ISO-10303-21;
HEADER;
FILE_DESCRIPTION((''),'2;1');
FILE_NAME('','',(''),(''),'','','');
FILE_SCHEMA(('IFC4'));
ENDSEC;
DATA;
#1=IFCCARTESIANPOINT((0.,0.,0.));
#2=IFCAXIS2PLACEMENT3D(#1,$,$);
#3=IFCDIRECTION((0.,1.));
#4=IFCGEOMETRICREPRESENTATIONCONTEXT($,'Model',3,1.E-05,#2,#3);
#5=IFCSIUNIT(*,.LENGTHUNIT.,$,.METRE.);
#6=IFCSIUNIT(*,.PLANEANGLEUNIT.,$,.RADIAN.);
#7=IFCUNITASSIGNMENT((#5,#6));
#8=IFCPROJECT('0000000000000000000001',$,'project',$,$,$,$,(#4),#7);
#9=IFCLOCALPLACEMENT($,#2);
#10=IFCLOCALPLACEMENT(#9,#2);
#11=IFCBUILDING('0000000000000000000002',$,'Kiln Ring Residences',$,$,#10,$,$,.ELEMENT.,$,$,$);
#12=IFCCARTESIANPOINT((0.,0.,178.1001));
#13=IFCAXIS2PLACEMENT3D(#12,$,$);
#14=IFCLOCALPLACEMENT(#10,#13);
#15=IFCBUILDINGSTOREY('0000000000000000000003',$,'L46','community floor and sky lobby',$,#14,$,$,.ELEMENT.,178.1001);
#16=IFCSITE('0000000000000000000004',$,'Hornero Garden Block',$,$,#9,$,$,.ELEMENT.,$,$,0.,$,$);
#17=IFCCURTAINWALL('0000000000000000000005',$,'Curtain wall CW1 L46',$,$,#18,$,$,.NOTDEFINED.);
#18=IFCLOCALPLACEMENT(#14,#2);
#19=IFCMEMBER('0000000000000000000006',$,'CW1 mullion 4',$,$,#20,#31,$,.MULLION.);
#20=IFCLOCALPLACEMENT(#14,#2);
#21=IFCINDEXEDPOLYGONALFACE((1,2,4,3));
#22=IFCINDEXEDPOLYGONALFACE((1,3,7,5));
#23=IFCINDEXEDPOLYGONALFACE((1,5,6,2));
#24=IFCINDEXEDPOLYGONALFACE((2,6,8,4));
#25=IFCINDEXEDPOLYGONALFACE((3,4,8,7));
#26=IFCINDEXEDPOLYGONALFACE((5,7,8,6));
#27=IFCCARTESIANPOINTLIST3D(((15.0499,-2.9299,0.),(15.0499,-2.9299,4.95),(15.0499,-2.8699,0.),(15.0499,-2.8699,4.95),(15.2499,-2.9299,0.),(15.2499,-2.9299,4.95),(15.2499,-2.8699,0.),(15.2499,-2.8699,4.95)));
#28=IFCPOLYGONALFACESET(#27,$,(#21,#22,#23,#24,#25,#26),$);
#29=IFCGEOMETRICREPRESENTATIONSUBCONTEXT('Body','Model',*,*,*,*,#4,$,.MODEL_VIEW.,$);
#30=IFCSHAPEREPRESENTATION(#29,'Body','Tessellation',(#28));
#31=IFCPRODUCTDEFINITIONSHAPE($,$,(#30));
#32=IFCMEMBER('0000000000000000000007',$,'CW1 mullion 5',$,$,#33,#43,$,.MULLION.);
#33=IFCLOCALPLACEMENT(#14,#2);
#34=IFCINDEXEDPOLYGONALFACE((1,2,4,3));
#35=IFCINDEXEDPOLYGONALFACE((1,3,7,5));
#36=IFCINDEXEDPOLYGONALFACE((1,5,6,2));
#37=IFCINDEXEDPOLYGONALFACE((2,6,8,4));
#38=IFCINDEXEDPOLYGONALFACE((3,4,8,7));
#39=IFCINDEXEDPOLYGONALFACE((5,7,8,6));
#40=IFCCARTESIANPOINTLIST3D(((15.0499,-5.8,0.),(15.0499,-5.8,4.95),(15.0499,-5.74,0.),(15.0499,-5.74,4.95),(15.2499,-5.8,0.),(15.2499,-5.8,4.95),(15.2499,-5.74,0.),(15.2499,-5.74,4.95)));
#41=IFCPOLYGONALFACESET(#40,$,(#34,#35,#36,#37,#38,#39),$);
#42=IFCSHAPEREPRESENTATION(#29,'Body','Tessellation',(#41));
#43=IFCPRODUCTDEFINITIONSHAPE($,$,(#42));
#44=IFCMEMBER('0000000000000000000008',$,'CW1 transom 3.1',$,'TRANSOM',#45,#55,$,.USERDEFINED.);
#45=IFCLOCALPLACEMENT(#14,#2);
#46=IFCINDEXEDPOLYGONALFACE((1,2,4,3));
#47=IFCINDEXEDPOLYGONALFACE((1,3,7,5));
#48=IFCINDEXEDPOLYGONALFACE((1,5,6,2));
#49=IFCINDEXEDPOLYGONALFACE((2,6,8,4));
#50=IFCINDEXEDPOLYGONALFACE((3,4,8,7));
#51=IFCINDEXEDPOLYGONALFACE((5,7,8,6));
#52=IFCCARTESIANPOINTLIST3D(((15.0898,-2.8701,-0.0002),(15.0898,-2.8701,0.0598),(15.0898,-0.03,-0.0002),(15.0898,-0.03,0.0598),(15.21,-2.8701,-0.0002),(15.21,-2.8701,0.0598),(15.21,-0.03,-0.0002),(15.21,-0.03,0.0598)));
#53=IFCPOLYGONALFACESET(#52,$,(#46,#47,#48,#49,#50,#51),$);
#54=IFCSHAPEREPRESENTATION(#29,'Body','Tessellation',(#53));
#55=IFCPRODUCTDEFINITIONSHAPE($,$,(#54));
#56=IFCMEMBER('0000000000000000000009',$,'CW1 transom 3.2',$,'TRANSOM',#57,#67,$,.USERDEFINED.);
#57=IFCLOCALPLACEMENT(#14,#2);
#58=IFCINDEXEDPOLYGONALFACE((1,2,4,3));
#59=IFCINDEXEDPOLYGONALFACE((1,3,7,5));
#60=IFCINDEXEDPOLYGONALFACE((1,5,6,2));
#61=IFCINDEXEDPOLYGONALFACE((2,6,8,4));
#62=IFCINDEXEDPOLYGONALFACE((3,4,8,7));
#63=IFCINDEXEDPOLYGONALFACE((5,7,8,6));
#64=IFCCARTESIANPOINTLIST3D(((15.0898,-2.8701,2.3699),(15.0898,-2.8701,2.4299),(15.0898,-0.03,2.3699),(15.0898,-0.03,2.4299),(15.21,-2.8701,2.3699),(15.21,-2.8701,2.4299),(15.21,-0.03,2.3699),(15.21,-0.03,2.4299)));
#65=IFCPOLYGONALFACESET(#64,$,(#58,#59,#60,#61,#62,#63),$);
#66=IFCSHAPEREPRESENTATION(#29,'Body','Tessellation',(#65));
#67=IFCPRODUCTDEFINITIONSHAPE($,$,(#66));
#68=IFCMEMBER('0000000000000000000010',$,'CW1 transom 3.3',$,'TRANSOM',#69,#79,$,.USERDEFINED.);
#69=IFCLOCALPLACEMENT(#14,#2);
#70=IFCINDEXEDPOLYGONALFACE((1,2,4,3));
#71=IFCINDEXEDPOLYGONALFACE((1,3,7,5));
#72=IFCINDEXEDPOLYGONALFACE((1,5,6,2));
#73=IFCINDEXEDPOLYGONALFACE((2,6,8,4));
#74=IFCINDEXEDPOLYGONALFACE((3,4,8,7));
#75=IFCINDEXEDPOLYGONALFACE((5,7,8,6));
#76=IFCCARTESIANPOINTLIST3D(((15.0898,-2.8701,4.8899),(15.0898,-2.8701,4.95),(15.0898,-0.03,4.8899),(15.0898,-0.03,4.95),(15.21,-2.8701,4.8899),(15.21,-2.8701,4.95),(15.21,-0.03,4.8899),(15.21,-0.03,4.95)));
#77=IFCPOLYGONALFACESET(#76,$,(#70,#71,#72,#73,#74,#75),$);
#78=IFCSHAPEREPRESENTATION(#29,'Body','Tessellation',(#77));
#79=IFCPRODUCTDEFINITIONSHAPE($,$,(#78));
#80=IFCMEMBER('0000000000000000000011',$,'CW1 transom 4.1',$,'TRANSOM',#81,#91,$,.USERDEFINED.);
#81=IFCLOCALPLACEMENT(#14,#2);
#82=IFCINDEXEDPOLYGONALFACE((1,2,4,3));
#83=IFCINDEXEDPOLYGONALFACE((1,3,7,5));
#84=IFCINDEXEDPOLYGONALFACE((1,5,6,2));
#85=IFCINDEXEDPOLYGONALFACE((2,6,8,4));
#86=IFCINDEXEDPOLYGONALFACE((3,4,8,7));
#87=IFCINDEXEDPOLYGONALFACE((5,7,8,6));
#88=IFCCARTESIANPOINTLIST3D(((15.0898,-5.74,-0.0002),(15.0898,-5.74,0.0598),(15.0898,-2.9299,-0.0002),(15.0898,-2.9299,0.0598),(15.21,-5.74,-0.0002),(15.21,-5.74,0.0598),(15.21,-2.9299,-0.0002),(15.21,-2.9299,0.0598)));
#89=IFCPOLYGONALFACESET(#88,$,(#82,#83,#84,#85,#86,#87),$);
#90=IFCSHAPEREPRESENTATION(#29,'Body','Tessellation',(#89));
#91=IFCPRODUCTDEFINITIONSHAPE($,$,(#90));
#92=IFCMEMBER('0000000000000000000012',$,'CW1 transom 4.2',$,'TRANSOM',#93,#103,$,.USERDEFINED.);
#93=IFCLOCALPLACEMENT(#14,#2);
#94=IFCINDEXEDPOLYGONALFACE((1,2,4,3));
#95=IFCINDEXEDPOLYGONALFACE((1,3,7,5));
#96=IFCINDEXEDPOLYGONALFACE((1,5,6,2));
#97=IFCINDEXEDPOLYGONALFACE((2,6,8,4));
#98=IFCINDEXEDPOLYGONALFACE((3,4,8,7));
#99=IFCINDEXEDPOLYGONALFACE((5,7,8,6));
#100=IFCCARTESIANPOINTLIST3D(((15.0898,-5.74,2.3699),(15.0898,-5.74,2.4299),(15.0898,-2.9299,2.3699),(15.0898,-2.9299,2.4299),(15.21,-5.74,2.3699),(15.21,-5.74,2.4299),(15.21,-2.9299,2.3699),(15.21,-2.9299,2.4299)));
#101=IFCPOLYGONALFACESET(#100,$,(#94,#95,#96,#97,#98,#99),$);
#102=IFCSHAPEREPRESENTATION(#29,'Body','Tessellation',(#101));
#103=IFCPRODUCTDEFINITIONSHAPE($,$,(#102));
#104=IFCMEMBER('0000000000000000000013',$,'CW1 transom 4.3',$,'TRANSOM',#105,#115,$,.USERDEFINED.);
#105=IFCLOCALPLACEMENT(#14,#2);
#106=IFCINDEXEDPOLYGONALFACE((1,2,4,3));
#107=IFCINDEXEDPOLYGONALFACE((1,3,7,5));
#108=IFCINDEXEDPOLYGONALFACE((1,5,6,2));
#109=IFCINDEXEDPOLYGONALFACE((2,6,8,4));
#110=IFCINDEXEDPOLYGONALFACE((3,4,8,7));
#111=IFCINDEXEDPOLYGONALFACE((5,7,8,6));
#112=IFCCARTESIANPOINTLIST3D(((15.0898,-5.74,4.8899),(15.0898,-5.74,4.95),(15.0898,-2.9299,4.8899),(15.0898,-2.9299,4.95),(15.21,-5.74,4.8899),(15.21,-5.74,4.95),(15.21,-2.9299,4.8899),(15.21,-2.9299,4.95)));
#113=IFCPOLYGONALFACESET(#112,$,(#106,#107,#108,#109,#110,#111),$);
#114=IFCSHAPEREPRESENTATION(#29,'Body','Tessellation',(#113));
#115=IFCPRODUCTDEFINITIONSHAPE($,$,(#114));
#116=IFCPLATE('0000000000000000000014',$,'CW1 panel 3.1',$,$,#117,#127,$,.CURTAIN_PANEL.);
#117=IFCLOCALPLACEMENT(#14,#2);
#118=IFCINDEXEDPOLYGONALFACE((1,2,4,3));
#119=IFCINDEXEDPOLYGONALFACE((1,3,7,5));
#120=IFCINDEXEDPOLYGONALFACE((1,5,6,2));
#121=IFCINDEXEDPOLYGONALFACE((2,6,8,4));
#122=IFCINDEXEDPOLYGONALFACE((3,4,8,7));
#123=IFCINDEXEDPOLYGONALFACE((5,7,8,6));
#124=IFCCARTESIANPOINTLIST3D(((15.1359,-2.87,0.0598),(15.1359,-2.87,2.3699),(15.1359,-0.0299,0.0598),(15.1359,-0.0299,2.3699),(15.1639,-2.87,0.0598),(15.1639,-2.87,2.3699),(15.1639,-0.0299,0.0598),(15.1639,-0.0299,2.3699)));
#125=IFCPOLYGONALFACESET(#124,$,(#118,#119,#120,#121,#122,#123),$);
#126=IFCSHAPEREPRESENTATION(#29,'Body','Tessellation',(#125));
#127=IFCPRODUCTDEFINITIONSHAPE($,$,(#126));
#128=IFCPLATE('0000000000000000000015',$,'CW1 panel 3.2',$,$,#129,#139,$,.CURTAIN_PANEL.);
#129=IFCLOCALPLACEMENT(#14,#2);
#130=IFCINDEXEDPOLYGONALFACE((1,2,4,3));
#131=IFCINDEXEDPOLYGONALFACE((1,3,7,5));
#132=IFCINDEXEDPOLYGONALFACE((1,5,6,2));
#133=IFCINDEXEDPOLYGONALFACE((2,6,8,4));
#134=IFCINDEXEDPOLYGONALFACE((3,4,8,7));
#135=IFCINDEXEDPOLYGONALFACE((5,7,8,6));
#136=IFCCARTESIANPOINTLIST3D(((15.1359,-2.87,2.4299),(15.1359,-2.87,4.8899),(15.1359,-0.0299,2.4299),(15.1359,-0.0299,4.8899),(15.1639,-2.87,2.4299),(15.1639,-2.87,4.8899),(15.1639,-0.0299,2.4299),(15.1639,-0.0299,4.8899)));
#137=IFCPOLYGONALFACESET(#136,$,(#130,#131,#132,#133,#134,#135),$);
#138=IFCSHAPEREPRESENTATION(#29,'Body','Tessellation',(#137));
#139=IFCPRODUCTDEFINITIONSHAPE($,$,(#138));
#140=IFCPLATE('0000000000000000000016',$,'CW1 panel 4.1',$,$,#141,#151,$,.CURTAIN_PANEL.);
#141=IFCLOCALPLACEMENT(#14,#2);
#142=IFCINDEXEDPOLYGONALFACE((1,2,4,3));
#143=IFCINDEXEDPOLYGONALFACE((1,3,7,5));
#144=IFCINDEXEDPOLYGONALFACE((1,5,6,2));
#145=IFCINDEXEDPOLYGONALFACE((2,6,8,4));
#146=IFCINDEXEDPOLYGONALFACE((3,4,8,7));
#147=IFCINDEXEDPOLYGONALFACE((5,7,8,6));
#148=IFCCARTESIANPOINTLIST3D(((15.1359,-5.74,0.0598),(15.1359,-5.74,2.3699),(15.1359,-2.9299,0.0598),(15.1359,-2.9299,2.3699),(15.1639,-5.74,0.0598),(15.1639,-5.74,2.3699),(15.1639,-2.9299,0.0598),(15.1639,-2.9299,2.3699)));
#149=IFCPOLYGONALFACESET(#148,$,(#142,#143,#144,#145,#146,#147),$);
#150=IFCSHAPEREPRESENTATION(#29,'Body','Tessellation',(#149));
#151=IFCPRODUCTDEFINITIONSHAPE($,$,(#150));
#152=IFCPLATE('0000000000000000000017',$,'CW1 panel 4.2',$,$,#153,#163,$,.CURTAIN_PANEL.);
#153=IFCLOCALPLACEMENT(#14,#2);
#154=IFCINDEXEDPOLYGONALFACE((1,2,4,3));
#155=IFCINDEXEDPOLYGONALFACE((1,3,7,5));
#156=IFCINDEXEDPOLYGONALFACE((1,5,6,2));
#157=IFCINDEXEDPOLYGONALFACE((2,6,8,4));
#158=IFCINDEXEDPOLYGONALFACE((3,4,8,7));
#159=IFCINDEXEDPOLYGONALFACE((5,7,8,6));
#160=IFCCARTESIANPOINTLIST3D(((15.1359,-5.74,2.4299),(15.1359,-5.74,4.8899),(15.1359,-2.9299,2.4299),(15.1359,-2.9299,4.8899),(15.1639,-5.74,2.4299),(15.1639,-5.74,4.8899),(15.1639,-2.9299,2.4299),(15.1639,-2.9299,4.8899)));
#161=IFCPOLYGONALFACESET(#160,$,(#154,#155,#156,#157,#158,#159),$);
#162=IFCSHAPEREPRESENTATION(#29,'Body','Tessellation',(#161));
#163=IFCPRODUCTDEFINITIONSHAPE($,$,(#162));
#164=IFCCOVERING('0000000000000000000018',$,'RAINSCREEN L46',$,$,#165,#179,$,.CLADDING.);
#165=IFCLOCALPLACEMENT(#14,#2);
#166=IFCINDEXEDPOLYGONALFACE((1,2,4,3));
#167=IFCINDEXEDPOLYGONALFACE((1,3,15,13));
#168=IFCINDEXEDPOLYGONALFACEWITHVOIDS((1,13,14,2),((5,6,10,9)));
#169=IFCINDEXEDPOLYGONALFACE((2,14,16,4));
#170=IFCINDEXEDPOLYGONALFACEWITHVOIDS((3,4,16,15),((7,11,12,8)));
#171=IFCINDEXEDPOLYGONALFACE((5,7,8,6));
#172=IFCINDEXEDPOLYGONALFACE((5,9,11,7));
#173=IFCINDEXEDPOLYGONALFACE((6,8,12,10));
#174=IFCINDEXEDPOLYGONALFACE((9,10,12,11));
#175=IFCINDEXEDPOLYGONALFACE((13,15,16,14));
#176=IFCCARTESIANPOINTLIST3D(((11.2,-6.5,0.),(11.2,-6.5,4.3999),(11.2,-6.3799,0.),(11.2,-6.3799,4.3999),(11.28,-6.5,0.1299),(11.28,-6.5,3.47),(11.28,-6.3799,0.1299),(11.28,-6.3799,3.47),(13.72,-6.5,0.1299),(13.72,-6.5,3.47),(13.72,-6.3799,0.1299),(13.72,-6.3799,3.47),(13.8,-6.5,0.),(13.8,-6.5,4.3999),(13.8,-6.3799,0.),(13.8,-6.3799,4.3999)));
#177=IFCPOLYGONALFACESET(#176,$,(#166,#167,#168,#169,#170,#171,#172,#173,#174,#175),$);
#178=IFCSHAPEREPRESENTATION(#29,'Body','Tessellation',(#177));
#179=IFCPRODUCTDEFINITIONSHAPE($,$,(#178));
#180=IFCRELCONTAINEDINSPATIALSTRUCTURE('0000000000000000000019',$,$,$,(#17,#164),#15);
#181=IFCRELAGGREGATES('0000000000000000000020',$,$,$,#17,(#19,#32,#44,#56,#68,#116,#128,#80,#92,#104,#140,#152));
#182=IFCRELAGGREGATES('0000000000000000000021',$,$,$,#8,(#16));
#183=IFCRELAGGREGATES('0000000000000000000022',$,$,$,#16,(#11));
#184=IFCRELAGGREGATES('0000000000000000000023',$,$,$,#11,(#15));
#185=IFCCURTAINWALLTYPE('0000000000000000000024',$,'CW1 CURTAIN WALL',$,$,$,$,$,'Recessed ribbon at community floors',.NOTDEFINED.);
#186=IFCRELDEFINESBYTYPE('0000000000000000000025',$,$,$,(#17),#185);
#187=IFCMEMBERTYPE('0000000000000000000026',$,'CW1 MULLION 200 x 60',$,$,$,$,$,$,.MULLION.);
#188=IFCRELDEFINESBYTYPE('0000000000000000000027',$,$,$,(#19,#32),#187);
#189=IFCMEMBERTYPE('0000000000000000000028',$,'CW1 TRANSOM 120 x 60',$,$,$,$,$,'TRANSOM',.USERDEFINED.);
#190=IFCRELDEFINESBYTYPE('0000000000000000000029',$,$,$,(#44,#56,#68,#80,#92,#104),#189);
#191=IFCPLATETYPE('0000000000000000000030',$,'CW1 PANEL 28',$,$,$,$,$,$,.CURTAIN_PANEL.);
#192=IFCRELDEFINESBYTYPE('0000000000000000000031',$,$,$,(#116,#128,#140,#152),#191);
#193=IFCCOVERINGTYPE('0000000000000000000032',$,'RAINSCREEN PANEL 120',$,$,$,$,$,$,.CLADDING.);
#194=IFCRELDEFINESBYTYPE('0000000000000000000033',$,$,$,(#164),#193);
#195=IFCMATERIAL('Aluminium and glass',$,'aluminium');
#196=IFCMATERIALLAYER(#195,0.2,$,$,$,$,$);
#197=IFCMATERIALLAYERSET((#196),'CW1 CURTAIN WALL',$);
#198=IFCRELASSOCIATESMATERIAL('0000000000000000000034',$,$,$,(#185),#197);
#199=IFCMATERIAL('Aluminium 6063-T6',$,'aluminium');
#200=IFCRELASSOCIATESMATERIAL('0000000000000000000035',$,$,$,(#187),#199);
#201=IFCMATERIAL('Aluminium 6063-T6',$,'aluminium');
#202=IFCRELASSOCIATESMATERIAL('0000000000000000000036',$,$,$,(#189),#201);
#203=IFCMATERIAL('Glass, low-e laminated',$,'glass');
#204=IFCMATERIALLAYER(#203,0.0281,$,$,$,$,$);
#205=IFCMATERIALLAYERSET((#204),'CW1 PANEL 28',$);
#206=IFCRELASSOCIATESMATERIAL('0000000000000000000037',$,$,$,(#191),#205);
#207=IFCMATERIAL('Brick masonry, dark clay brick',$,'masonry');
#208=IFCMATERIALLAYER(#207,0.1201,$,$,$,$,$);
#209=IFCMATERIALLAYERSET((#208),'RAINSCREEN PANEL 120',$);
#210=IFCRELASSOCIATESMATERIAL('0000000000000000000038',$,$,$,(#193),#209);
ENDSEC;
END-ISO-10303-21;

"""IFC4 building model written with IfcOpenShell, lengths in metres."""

from ifc_helpers import new_model, si_unit, direction, frame, origin, origin_2d, place, context, subcontext, project, spatial, polyline, rectangle, outline, extrude, material, layer, layer_set, material_profile, profile_set, type_object, element, aggregate, save


model = new_model("IFC4")

# Units and contexts
model_context = context("Model", 3, precision=1e-05, world=origin(), true_north=direction((0.0, 1.0)))
body_context = subcontext(model_context, "Body", "Model", "MODEL_VIEW")
ifc_project = project(units=[si_unit("LENGTHUNIT", "METRE"), si_unit("PLANEANGLEUNIT", "RADIAN")], contexts=[model_context])

# Site, building, storey
site_placement = place(None, origin())
site = spatial("IfcSite", under=ifc_project, at=site_placement, Name="Hornero Garden Block", CompositionType="ELEMENT", RefElevation=0.0)
building_placement = place(site_placement, origin())
building = spatial("IfcBuilding", under=site, at=building_placement, Name="Kiln Ring Residences", CompositionType="ELEMENT")
storey_placement = place(building_placement, frame((0.0, 0.0, 178.1001)))
storey = spatial("IfcBuildingStorey", under=building, at=storey_placement, Name="L46", Description="community floor and sky lobby", CompositionType="ELEMENT", Elevation=178.1001)

# Curtain wall, members, plates
ifc_material_1 = material(Name="Aluminium and glass", Category="aluminium")
ifc_layer_1 = layer(ifc_material_1, 0.2)
ifc_layer_set_1 = layer_set([ifc_layer_1], Name="CW1 CURTAIN WALL")
curtain_wall_type = type_object("IfcCurtainWallType", Name="CW1 CURTAIN WALL", ElementType="Recessed ribbon at community floors", PredefinedType="NOTDEFINED", material=ifc_layer_set_1)
curtain_wall_placement = place(storey_placement, origin())
curtain_wall = element("IfcCurtainWall", 1, at=curtain_wall_placement, inside=storey, type_object=curtain_wall_type, Name="Curtain wall CW1 L46", PredefinedType="NOTDEFINED")
ifc_material_2 = material(Name="Aluminium 6063-T6", Category="aluminium")
ifc_material_profile_1 = material_profile(ifc_material_2, rectangle(XDim=0.2, YDim=0.0601, at=origin_2d()), Name="AL 200x60")
ifc_profile_set_1 = profile_set([ifc_material_profile_1], Name="Aluminium 6063-T6")
member_type_1 = type_object("IfcMemberType", Name="CW1 MULLION 200 x 60", PredefinedType="MULLION", material=ifc_profile_set_1)
member_1_placement = place(storey_placement, frame((15.1499, -2.8999, 0.0), z_axis=(0.0, 0.0, 1.0), x_axis=(1.0, 0.0, 0.0)))
member_1 = element("IfcMember", 2, at=member_1_placement, type_object=member_type_1, Name="CW1 mullion 4", PredefinedType="MULLION", context=body_context, shape_type="SweptSolid", body=[
    extrude(rectangle(XDim=0.2, YDim=0.0601, at=origin_2d()), origin(), (0.0, 0.0, 1.0), 4.95),
])
member_2_placement = place(storey_placement, frame((15.1499, -5.77, 0.0), z_axis=(0.0, 0.0, 1.0), x_axis=(1.0, 0.0, 0.0)))
member_2 = element("IfcMember", 3, at=member_2_placement, type_object=member_type_1, Name="CW1 mullion 5", PredefinedType="MULLION", context=body_context, shape_type="SweptSolid", body=[
    extrude(rectangle(XDim=0.2, YDim=0.0601, at=origin_2d()), origin(), (0.0, 0.0, 1.0), 4.95),
])
ifc_material_3 = material(Name="Aluminium 6063-T6", Category="aluminium")
ifc_material_profile_2 = material_profile(ifc_material_3, rectangle(XDim=0.1201, YDim=0.0601, at=origin_2d()), Name="AL 120x60")
ifc_profile_set_2 = profile_set([ifc_material_profile_2], Name="Aluminium 6063-T6")
member_type_2 = type_object("IfcMemberType", Name="CW1 TRANSOM 120 x 60", ElementType="TRANSOM", PredefinedType="USERDEFINED", material=ifc_profile_set_2)
member_3_placement = place(storey_placement, frame((15.1499, -0.03, 0.0298), z_axis=(0.0, -1.0, 0.0), x_axis=(1.0, 0.0, 0.0)))
member_3 = element("IfcMember", 4, at=member_3_placement, type_object=member_type_2, Name="CW1 transom 3.1", ObjectType="TRANSOM", PredefinedType="USERDEFINED", context=body_context, shape_type="SweptSolid", body=[
    extrude(rectangle(XDim=0.1201, YDim=0.0601, at=origin_2d()), origin(), (0.0, 0.0, 1.0), 2.8401),
])
member_4_placement = place(storey_placement, frame((15.1499, -0.03, 2.3999), z_axis=(0.0, -1.0, 0.0), x_axis=(1.0, 0.0, 0.0)))
member_4 = element("IfcMember", 5, at=member_4_placement, type_object=member_type_2, Name="CW1 transom 3.2", ObjectType="TRANSOM", PredefinedType="USERDEFINED", context=body_context, shape_type="SweptSolid", body=[
    extrude(rectangle(XDim=0.1201, YDim=0.0601, at=origin_2d()), origin(), (0.0, 0.0, 1.0), 2.8401),
])
member_5_placement = place(storey_placement, frame((15.1499, -0.03, 4.9199), z_axis=(0.0, -1.0, 0.0), x_axis=(1.0, 0.0, 0.0)))
member_5 = element("IfcMember", 6, at=member_5_placement, type_object=member_type_2, Name="CW1 transom 3.3", ObjectType="TRANSOM", PredefinedType="USERDEFINED", context=body_context, shape_type="SweptSolid", body=[
    extrude(rectangle(XDim=0.1201, YDim=0.0601, at=origin_2d()), origin(), (0.0, 0.0, 1.0), 2.8401),
])
member_6_placement = place(storey_placement, frame((15.1499, -2.9299, 0.0298), z_axis=(0.0, -1.0, 0.0), x_axis=(1.0, 0.0, 0.0)))
member_6 = element("IfcMember", 7, at=member_6_placement, type_object=member_type_2, Name="CW1 transom 4.1", ObjectType="TRANSOM", PredefinedType="USERDEFINED", context=body_context, shape_type="SweptSolid", body=[
    extrude(rectangle(XDim=0.1201, YDim=0.0601, at=origin_2d()), origin(), (0.0, 0.0, 1.0), 2.8101),
])
member_7_placement = place(storey_placement, frame((15.1499, -2.9299, 2.3999), z_axis=(0.0, -1.0, 0.0), x_axis=(1.0, 0.0, 0.0)))
member_7 = element("IfcMember", 8, at=member_7_placement, type_object=member_type_2, Name="CW1 transom 4.2", ObjectType="TRANSOM", PredefinedType="USERDEFINED", context=body_context, shape_type="SweptSolid", body=[
    extrude(rectangle(XDim=0.1201, YDim=0.0601, at=origin_2d()), origin(), (0.0, 0.0, 1.0), 2.8101),
])
member_8_placement = place(storey_placement, frame((15.1499, -2.9299, 4.9199), z_axis=(0.0, -1.0, 0.0), x_axis=(1.0, 0.0, 0.0)))
member_8 = element("IfcMember", 9, at=member_8_placement, type_object=member_type_2, Name="CW1 transom 4.3", ObjectType="TRANSOM", PredefinedType="USERDEFINED", context=body_context, shape_type="SweptSolid", body=[
    extrude(rectangle(XDim=0.1201, YDim=0.0601, at=origin_2d()), origin(), (0.0, 0.0, 1.0), 2.8101),
])
ifc_material_4 = material(Name="Glass, low-e laminated", Category="glass")
ifc_layer_2 = layer(ifc_material_4, 0.0281)
ifc_layer_set_2 = layer_set([ifc_layer_2], Name="CW1 PANEL 28")
plate_type = type_object("IfcPlateType", Name="CW1 PANEL 28", PredefinedType="CURTAIN_PANEL", material=ifc_layer_set_2)
plate_1_placement = place(storey_placement, frame((15.1499, -1.45, 0.0598), z_axis=(0.0, 0.0, 1.0), x_axis=(0.0, -1.0, 0.0)))
plate_1 = element("IfcPlate", 10, at=plate_1_placement, type_object=plate_type, Name="CW1 panel 3.1", PredefinedType="CURTAIN_PANEL", context=body_context, shape_type="SweptSolid", body=[
    extrude(rectangle(XDim=2.8401, YDim=0.0281, at=origin_2d()), origin(), (0.0, 0.0, 1.0), 2.3101),
])
plate_2_placement = place(storey_placement, frame((15.1499, -1.45, 2.4299), z_axis=(0.0, 0.0, 1.0), x_axis=(0.0, -1.0, 0.0)))
plate_2 = element("IfcPlate", 11, at=plate_2_placement, type_object=plate_type, Name="CW1 panel 3.2", PredefinedType="CURTAIN_PANEL", context=body_context, shape_type="SweptSolid", body=[
    extrude(rectangle(XDim=2.8401, YDim=0.0281, at=origin_2d()), origin(), (0.0, 0.0, 1.0), 2.46),
])
plate_3_placement = place(storey_placement, frame((15.1499, -4.335, 0.0598), z_axis=(0.0, 0.0, 1.0), x_axis=(0.0, -1.0, 0.0)))
plate_3 = element("IfcPlate", 12, at=plate_3_placement, type_object=plate_type, Name="CW1 panel 4.1", PredefinedType="CURTAIN_PANEL", context=body_context, shape_type="SweptSolid", body=[
    extrude(rectangle(XDim=2.8101, YDim=0.0281, at=origin_2d()), origin(), (0.0, 0.0, 1.0), 2.3101),
])
plate_4_placement = place(storey_placement, frame((15.1499, -4.335, 2.4299), z_axis=(0.0, 0.0, 1.0), x_axis=(0.0, -1.0, 0.0)))
plate_4 = element("IfcPlate", 13, at=plate_4_placement, type_object=plate_type, Name="CW1 panel 4.2", PredefinedType="CURTAIN_PANEL", context=body_context, shape_type="SweptSolid", body=[
    extrude(rectangle(XDim=2.8101, YDim=0.0281, at=origin_2d()), origin(), (0.0, 0.0, 1.0), 2.46),
])
aggregate(curtain_wall, [member_1, member_2, member_3, member_4, member_5, plate_1, plate_2, member_6, member_7, member_8, plate_3, plate_4])

# Covering
ifc_material_5 = material(Name="Brick masonry, dark clay brick", Category="masonry")
ifc_layer_3 = layer(ifc_material_5, 0.1201)
ifc_layer_set_3 = layer_set([ifc_layer_3], Name="RAINSCREEN PANEL 120")
covering_type = type_object("IfcCoveringType", Name="RAINSCREEN PANEL 120", PredefinedType="CLADDING", material=ifc_layer_set_3)
covering_placement = place(storey_placement, frame((13.8, -6.4399, 0.0), z_axis=(0.0, 0.0, 1.0), x_axis=(-1.0, 0.0, 0.0)))
element("IfcCovering", 14, at=covering_placement, inside=storey, type_object=covering_type, Name="RAINSCREEN L46", PredefinedType="CLADDING", context=body_context, shape_type="SweptSolid", body=[
    extrude(outline(polyline([(0.0, 0.0), (2.6001, 0.0), (2.6001, 4.3999), (0.0, 4.3999), (0.0, 0.0)]), holes=[polyline([(0.0801, 3.47), (0.0801, 0.1299), (2.52, 0.1299), (2.52, 3.47), (0.0801, 3.47)])]), frame((0.0, 0.0601, 0.0), z_axis=(0.0, -1.0, 0.0), x_axis=(1.0, 0.0, 0.0)), (0.0, 0.0, 1.0), 0.1201),
])

save(model, "model.ifc")
